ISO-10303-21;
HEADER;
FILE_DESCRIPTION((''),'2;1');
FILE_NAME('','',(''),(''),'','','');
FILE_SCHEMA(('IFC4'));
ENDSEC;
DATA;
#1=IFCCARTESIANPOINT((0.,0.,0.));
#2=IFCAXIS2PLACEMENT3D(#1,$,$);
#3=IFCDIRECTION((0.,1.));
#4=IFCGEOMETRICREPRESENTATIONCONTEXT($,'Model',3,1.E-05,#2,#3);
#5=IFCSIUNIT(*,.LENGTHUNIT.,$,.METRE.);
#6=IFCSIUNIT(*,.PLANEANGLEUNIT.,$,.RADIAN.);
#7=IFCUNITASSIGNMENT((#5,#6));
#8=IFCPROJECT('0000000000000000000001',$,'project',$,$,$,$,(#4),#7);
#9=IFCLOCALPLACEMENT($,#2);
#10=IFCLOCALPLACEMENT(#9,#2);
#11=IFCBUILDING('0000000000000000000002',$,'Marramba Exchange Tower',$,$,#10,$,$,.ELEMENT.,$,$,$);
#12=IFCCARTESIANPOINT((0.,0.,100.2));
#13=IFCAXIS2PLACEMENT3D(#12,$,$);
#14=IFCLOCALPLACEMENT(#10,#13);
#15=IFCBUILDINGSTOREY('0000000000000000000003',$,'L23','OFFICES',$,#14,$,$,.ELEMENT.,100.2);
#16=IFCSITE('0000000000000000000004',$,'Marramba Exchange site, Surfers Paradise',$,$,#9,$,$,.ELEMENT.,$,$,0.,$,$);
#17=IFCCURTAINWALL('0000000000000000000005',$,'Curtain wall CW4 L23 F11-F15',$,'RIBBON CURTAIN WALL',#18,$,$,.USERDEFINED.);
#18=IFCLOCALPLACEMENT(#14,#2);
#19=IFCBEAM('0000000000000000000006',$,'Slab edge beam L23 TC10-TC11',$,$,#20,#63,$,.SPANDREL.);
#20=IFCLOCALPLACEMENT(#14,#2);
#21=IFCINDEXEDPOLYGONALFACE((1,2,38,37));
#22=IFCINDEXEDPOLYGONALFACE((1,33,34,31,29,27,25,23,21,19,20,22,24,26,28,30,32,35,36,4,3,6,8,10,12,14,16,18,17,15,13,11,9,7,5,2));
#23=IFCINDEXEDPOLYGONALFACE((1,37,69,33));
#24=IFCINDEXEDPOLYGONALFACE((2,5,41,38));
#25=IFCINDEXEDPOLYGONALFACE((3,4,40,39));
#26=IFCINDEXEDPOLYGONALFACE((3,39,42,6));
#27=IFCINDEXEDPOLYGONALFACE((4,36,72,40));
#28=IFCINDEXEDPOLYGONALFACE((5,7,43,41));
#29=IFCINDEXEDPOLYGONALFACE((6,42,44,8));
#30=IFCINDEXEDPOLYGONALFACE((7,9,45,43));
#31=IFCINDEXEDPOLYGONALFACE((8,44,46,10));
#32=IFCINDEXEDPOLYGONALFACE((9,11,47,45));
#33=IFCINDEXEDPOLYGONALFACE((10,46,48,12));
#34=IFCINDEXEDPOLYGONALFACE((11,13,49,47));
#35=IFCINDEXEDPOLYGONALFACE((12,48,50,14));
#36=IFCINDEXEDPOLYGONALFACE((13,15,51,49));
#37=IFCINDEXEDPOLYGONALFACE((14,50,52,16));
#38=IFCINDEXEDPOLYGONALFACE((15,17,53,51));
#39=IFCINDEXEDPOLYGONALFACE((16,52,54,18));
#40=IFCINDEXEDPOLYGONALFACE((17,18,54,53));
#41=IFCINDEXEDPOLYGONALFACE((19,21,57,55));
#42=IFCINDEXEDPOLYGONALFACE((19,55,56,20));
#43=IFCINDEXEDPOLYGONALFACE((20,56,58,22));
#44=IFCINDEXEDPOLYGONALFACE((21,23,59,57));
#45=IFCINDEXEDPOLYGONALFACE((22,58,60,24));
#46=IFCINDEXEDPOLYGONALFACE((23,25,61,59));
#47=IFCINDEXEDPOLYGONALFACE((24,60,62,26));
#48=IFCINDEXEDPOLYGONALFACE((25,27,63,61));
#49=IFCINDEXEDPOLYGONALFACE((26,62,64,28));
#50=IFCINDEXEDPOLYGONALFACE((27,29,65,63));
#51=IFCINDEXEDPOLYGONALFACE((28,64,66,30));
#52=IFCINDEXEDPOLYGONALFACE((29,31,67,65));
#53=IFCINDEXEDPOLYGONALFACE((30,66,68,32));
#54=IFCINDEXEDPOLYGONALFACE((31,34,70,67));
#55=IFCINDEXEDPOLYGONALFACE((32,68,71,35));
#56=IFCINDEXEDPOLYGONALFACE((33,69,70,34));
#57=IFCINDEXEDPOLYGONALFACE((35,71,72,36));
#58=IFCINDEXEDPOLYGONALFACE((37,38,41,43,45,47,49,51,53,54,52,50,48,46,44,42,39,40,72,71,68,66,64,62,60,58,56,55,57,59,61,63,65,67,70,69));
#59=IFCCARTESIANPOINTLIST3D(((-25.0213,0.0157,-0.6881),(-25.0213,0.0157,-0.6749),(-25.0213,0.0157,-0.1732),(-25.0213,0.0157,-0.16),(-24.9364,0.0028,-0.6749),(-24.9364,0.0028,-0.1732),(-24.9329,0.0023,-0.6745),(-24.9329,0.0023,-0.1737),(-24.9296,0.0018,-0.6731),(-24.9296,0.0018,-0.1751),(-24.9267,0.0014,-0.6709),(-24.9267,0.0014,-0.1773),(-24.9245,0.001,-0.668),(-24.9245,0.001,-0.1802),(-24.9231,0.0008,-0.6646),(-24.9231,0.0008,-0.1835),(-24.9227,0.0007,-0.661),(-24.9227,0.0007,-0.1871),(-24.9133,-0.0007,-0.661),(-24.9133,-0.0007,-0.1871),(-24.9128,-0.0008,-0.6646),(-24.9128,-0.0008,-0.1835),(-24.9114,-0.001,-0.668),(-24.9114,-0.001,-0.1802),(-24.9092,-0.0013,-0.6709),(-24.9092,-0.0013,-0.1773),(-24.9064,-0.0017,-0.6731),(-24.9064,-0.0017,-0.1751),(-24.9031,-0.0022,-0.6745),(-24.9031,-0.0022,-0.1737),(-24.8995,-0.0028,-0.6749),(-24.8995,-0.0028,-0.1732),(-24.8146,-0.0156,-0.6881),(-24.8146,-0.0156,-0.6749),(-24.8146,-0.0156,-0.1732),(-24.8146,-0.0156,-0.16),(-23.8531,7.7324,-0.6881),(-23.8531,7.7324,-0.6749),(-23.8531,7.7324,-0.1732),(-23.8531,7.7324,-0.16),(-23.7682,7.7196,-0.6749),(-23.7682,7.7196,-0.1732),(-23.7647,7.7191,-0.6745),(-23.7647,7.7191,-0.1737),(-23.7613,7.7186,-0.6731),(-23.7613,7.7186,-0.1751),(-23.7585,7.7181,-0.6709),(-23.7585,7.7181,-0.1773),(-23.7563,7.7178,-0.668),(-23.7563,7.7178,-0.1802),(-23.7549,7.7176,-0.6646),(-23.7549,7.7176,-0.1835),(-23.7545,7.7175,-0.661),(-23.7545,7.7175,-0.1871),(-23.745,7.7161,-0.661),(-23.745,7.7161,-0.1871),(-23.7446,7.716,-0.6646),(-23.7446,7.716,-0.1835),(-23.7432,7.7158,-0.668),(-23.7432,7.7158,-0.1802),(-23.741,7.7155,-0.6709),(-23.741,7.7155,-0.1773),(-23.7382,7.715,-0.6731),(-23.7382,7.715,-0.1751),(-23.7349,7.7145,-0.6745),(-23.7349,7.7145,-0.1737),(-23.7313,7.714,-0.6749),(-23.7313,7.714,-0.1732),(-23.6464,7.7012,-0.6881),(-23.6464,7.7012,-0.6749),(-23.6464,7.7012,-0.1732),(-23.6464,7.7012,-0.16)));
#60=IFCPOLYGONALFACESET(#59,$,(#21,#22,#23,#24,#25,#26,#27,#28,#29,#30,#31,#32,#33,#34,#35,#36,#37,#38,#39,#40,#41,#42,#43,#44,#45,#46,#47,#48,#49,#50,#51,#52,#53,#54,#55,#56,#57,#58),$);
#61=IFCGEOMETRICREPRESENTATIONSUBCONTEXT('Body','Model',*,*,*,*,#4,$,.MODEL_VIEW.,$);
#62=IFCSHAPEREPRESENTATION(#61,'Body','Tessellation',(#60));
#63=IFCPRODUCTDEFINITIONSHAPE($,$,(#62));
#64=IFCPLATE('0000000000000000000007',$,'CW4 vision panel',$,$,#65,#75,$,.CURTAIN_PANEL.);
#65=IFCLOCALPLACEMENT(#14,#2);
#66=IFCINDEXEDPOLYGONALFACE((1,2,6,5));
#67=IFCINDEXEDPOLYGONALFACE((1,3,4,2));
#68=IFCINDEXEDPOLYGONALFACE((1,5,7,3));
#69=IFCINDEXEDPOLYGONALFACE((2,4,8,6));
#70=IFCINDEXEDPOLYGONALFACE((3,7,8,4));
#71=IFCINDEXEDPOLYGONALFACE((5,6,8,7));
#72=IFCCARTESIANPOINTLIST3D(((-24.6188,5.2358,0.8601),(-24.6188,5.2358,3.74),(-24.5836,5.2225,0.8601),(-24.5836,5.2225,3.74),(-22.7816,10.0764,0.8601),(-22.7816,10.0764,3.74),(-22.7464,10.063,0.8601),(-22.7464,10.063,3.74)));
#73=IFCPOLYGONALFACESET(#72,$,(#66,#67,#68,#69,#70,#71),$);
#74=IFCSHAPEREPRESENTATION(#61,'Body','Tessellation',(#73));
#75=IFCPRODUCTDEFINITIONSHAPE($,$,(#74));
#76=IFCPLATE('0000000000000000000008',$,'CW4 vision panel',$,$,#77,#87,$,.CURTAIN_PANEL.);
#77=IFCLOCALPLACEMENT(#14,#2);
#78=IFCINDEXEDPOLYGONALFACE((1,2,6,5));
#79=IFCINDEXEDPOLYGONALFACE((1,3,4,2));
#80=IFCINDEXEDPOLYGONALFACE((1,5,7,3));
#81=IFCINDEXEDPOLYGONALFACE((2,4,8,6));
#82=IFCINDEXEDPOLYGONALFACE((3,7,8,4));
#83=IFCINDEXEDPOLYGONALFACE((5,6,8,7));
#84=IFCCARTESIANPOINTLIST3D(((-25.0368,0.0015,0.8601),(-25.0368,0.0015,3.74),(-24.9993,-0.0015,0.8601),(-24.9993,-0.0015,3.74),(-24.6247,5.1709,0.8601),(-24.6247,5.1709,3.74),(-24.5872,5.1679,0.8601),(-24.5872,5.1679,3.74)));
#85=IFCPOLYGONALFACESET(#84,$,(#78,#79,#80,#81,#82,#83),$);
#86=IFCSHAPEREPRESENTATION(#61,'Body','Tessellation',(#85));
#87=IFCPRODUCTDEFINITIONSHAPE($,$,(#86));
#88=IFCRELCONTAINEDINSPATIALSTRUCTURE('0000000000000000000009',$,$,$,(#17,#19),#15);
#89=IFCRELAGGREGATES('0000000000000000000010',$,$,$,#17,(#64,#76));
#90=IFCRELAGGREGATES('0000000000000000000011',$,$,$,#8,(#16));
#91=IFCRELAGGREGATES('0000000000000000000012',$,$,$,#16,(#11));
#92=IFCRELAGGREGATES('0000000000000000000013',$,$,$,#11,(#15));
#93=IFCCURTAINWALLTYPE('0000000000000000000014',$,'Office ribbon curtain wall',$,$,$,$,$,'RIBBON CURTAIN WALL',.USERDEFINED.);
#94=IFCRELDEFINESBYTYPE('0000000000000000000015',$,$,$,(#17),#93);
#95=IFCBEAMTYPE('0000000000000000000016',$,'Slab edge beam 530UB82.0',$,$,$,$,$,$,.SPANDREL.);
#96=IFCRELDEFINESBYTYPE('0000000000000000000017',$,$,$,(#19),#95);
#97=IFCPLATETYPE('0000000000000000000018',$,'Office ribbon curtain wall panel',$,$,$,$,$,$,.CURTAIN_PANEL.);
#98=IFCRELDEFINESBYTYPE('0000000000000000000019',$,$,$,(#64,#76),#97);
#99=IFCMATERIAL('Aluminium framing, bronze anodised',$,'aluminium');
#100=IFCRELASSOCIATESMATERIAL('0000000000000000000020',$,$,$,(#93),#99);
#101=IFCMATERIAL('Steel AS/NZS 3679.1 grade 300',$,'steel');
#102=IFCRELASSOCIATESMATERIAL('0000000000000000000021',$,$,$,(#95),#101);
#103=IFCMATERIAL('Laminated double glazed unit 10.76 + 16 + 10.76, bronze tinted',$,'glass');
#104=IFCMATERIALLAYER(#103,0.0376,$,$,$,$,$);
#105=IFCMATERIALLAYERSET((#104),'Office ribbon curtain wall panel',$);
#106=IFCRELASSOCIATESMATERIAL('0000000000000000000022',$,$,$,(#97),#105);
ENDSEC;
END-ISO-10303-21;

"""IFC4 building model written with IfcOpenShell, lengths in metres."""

from ifc_helpers import new_model, si_unit, direction, frame, origin, origin_2d, place, context, subcontext, project, spatial, rectangle, i_section, extrude, material, layer, layer_set, material_profile, profile_set, type_object, element, aggregate, save


model = new_model("IFC4")

# Units and contexts
model_context = context("Model", 3, precision=1e-05, world=origin(), true_north=direction((0.0, 1.0)))
body_context = subcontext(model_context, "Body", "Model", "MODEL_VIEW")
ifc_project = project(units=[si_unit("LENGTHUNIT", "METRE"), si_unit("PLANEANGLEUNIT", "RADIAN")], contexts=[model_context])

# Site, building, storey
site_placement = place(None, origin())
site = spatial("IfcSite", under=ifc_project, at=site_placement, Name="Marramba Exchange site, Surfers Paradise", CompositionType="ELEMENT", RefElevation=0.0)
building_placement = place(site_placement, origin())
building = spatial("IfcBuilding", under=site, at=building_placement, Name="Marramba Exchange Tower", CompositionType="ELEMENT")
storey_placement = place(building_placement, frame((0.0, 0.0, 100.2)))
storey = spatial("IfcBuildingStorey", under=building, at=storey_placement, Name="L23", Description="OFFICES", CompositionType="ELEMENT", Elevation=100.2)

# Shared definitions
ifc_material_1 = material(Name="Steel AS/NZS 3679.1 grade 300", Category="steel")

# Curtain wall
ifc_material_2 = material(Name="Aluminium framing, bronze anodised", Category="aluminium")
curtain_wall_type = type_object("IfcCurtainWallType", Name="Office ribbon curtain wall", ElementType="RIBBON CURTAIN WALL", PredefinedType="USERDEFINED", material=ifc_material_2)
curtain_wall_placement = place(storey_placement, origin())
curtain_wall = element("IfcCurtainWall", 1, at=curtain_wall_placement, inside=storey, type_object=curtain_wall_type, Name="Curtain wall CW4 L23 F11-F15", ObjectType="RIBBON CURTAIN WALL", PredefinedType="USERDEFINED")

# Beam
ifc_material_profile_1 = material_profile(ifc_material_1, i_section(OverallWidth=0.209, OverallDepth=0.5281, WebThickness=0.0095, FlangeThickness=0.0132, FilletRadius=0.0139, at=origin_2d()), Name="530UB82.0")
ifc_profile_set_1 = profile_set([ifc_material_profile_1], Name="Steel AS/NZS 3679.1 grade 300")
beam_type_1 = type_object("IfcBeamType", Name="Slab edge beam 530UB82.0", PredefinedType="SPANDREL", material=ifc_profile_set_1)
beam_1_placement = place(storey_placement, frame((-23.7498, 7.7168, -0.4241), z_axis=(-0.14968, -0.988734, 0.0), x_axis=(0.988734, -0.14968, 0.0)))
element("IfcBeam", 2, at=beam_1_placement, inside=storey, type_object=beam_type_1, Name="Slab edge beam L23 TC10-TC11", PredefinedType="SPANDREL", context=body_context, shape_type="SweptSolid", body=[
    extrude(i_section(OverallWidth=0.209, OverallDepth=0.5281, WebThickness=0.0095, FlangeThickness=0.0132, FilletRadius=0.0139, at=origin_2d()), origin(), (0.0, 0.0, 1.0), 7.8047),
])

# Plates
ifc_material_3 = material(Name="Laminated double glazed unit 10.76 + 16 + 10.76, bronze tinted", Category="glass")
ifc_layer_1 = layer(ifc_material_3, 0.0376)
ifc_layer_set_1 = layer_set([ifc_layer_1], Name="Office ribbon curtain wall panel")
plate_type = type_object("IfcPlateType", Name="Office ribbon curtain wall panel", PredefinedType="CURTAIN_PANEL", material=ifc_layer_set_1)
plate_1_placement = place(storey_placement, frame((-23.6826, 7.6494, 0.8601), z_axis=(0.0, 0.0, 1.0), x_axis=(-0.354844, -0.934925, 0.0)))
plate_1 = element("IfcPlate", 3, at=plate_1_placement, type_object=plate_type, Name="CW4 vision panel", PredefinedType="CURTAIN_PANEL", context=body_context, shape_type="SweptSolid", body=[
    extrude(rectangle(XDim=5.1775, YDim=0.0376, at=origin_2d()), origin(), (0.0, 0.0, 1.0), 2.8799),
])
plate_2_placement = place(storey_placement, frame((-24.812, 2.5847, 0.8601), z_axis=(0.0, 0.0, 1.0), x_axis=(-0.07946, -0.996838, 0.0)))
plate_2 = element("IfcPlate", 4, at=plate_2_placement, type_object=plate_type, Name="CW4 vision panel", PredefinedType="CURTAIN_PANEL", context=body_context, shape_type="SweptSolid", body=[
    extrude(rectangle(XDim=5.1858, YDim=0.0376, at=origin_2d()), origin(), (0.0, 0.0, 1.0), 2.8799),
])
aggregate(curtain_wall, [plate_1, plate_2])

save(model, "model.ifc")
